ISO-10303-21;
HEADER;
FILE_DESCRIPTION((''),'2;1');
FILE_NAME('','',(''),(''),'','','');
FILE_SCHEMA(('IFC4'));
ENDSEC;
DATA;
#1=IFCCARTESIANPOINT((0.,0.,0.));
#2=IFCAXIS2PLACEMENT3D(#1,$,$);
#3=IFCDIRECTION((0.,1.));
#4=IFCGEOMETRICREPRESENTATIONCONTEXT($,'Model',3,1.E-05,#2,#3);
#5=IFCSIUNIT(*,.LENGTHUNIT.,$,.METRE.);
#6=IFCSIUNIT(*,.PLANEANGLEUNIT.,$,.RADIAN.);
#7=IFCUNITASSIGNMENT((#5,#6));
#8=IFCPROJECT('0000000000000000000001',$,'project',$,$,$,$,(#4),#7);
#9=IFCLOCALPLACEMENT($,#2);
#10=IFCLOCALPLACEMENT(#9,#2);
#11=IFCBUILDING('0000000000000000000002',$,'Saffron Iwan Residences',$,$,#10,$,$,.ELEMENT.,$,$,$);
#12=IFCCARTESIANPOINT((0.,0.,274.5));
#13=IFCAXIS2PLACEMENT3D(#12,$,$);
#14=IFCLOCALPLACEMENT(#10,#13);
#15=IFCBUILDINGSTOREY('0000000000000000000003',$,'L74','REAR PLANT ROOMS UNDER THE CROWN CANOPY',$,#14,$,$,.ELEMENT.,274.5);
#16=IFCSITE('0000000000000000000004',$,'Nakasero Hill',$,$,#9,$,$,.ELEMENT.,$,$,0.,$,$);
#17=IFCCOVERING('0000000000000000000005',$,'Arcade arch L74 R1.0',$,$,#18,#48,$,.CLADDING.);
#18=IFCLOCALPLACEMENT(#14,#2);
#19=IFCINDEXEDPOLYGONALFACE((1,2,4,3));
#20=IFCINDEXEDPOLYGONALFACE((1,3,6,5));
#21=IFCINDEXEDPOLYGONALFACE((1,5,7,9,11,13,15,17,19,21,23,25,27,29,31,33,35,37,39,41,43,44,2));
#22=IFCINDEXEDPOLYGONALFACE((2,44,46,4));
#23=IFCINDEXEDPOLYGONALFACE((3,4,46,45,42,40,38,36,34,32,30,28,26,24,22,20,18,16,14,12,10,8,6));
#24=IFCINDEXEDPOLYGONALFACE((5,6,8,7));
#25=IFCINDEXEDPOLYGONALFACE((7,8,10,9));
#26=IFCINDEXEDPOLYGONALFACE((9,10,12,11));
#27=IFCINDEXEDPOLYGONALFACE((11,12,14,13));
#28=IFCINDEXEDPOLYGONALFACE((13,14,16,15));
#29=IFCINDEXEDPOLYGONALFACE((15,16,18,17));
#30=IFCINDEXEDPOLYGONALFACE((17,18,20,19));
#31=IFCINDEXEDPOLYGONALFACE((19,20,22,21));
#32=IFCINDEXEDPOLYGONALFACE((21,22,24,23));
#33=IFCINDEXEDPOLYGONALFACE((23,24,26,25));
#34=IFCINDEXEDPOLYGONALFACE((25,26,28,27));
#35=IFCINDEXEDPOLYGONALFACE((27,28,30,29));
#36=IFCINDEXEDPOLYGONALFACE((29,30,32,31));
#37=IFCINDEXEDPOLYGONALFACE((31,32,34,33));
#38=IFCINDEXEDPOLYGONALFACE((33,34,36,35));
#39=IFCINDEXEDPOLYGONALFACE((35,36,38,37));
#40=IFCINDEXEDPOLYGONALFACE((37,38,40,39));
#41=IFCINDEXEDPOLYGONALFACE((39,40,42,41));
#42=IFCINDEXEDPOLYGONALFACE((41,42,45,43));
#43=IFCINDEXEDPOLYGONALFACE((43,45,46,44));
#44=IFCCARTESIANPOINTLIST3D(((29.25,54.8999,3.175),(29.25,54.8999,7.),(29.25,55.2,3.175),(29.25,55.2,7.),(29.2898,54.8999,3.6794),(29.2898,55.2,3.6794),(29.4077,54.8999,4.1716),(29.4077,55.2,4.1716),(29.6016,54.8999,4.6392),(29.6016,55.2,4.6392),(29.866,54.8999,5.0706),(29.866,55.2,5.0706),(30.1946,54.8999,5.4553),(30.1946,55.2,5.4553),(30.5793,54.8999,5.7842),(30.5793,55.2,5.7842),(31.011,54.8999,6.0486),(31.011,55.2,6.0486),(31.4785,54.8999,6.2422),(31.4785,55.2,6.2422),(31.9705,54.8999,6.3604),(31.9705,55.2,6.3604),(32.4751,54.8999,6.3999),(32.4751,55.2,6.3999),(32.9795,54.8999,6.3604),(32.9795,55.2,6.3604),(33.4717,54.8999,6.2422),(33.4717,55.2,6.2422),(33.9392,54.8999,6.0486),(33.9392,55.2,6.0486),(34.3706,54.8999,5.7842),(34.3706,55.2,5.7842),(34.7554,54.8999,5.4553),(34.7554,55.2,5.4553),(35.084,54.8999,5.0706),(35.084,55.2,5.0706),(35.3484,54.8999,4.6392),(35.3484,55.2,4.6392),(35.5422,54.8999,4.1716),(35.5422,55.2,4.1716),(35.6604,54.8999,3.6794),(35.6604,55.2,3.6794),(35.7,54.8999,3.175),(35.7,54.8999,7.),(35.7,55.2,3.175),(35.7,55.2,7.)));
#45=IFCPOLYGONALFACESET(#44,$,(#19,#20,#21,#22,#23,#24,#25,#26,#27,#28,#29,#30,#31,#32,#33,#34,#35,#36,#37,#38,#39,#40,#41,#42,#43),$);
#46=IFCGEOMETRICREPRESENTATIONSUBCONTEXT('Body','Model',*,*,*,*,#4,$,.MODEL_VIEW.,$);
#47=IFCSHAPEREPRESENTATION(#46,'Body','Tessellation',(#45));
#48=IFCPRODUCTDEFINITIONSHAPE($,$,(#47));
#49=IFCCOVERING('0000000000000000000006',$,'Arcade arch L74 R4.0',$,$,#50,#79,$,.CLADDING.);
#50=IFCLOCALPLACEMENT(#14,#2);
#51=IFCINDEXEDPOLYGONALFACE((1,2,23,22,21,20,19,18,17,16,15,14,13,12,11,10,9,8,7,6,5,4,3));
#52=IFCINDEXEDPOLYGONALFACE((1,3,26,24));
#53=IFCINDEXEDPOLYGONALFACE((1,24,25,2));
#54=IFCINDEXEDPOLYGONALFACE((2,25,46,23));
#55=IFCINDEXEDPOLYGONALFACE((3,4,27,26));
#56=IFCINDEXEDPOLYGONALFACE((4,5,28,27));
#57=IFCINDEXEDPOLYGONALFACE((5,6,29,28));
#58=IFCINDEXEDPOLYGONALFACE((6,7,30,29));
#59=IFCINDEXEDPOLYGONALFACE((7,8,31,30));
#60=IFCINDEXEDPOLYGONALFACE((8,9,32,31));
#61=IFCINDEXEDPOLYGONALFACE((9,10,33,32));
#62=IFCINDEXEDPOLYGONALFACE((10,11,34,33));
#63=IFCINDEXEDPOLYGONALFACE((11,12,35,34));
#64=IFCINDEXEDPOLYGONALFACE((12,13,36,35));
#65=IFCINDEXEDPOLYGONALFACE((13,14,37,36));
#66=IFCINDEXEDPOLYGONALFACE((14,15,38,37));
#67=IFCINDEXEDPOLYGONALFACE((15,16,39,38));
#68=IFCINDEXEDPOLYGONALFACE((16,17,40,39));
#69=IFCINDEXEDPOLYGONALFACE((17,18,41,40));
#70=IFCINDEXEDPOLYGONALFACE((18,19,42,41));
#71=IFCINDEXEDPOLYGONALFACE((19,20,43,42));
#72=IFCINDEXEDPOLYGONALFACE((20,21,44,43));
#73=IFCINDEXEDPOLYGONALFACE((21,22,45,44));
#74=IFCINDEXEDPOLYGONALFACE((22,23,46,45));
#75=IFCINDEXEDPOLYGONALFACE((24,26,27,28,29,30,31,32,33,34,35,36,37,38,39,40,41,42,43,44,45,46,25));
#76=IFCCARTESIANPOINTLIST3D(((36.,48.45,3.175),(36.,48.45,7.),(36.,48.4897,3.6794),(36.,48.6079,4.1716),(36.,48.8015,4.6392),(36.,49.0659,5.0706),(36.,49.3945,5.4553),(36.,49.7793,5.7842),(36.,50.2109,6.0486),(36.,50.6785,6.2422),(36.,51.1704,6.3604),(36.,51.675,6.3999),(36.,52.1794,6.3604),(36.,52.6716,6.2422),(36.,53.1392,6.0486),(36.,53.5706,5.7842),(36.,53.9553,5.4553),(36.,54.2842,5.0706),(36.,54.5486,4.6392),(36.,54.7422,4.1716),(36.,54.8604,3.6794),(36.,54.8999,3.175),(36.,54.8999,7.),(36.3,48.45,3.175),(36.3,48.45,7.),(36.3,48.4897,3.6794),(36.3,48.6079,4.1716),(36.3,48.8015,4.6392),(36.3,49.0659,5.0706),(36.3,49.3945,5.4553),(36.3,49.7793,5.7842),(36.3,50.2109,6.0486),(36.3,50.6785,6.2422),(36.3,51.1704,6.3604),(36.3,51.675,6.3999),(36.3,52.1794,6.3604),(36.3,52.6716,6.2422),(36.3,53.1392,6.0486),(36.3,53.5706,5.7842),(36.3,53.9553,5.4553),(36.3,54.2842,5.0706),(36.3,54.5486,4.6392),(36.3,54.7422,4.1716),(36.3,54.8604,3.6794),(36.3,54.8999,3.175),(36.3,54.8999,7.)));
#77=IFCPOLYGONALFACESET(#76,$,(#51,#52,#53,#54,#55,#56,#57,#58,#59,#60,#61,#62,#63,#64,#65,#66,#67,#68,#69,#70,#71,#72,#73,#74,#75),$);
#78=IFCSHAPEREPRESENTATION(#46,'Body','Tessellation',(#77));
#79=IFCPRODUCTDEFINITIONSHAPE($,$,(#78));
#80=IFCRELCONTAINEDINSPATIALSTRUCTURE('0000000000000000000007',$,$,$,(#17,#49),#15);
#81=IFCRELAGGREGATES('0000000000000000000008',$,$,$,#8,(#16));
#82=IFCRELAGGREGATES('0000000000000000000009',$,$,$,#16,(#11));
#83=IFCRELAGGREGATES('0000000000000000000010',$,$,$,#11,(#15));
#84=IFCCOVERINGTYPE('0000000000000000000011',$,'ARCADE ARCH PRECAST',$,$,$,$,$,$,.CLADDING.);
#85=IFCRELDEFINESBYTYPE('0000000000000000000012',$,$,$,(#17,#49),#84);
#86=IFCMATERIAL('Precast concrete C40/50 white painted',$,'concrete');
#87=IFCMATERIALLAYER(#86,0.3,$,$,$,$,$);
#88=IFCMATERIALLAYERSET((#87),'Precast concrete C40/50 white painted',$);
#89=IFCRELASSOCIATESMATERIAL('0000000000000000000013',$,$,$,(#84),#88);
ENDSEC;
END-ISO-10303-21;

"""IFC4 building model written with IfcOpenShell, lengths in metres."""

from ifc_helpers import new_model, si_unit, direction, frame, origin, place, context, subcontext, project, spatial, polyline, outline, extrude, material, layer, layer_set, type_object, element, save


model = new_model("IFC4")

# Units and contexts
model_context = context("Model", 3, precision=1e-05, world=origin(), true_north=direction((0.0, 1.0)))
body_context = subcontext(model_context, "Body", "Model", "MODEL_VIEW")
ifc_project = project(units=[si_unit("LENGTHUNIT", "METRE"), si_unit("PLANEANGLEUNIT", "RADIAN")], contexts=[model_context])

# Site, building, storey
site_placement = place(None, origin())
site = spatial("IfcSite", under=ifc_project, at=site_placement, Name="Nakasero Hill", CompositionType="ELEMENT", RefElevation=0.0)
building_placement = place(site_placement, origin())
building = spatial("IfcBuilding", under=site, at=building_placement, Name="Saffron Iwan Residences", CompositionType="ELEMENT")
storey_placement = place(building_placement, frame((0.0, 0.0, 274.5)))
storey = spatial("IfcBuildingStorey", under=building, at=storey_placement, Name="L74", Description="REAR PLANT ROOMS UNDER THE CROWN CANOPY", CompositionType="ELEMENT", Elevation=274.5)

# Coverings
ifc_material_1 = material(Name="Precast concrete C40/50 white painted", Category="concrete")
ifc_layer_1 = layer(ifc_material_1, 0.3)
ifc_layer_set_1 = layer_set([ifc_layer_1], Name="Precast concrete C40/50 white painted")
covering_type = type_object("IfcCoveringType", Name="ARCADE ARCH PRECAST", PredefinedType="CLADDING", material=ifc_layer_set_1)
covering_1_placement = place(storey_placement, frame((29.25, 55.2, 3.175), z_axis=(0.0, 1.0, 0.0), x_axis=(0.0, 0.0, 1.0)))
element("IfcCovering", 1, at=covering_1_placement, inside=storey, type_object=covering_type, Name="Arcade arch L74 R1.0", PredefinedType="CLADDING", context=body_context, shape_type="SweptSolid", body=[
    extrude(outline(polyline([(0.0, 0.0), (3.825, 0.0), (3.825, 6.45), (0.0, 6.45), (0.5044, 6.4104), (0.9966, 6.2922), (1.4641, 6.0984), (1.8955, 5.834), (2.2803, 5.5054), (2.6091, 5.1206), (2.8735, 4.6892), (3.0671, 4.2217), (3.1853, 3.7295), (3.2249, 3.2251), (3.1853, 2.7205), (3.0671, 2.2285), (2.8735, 1.761), (2.6091, 1.3293), (2.2803, 0.9446), (1.8955, 0.616), (1.4641, 0.3516), (0.9966, 0.1577), (0.5044, 0.0398), (0.0, 0.0)])), origin(), (0.0, 0.0, -1.0), 0.3),
])
covering_2_placement = place(storey_placement, frame((36.0, 48.45, 3.175), z_axis=(-1.0, 0.0, 0.0), x_axis=(0.0, 0.0, 1.0)))
element("IfcCovering", 2, at=covering_2_placement, inside=storey, type_object=covering_type, Name="Arcade arch L74 R4.0", PredefinedType="CLADDING", context=body_context, shape_type="SweptSolid", body=[
    extrude(outline(polyline([(0.0, 0.0), (3.825, 0.0), (3.825, 6.45), (0.0, 6.45), (0.5044, 6.4104), (0.9966, 6.2922), (1.4641, 6.0986), (1.8955, 5.8342), (2.2803, 5.5054), (2.6091, 5.1206), (2.8735, 4.6892), (3.0671, 4.2217), (3.1853, 3.7295), (3.2249, 3.2251), (3.1853, 2.7205), (3.0671, 2.2285), (2.8735, 1.761), (2.6091, 1.3293), (2.2803, 0.9446), (1.8955, 0.616), (1.4641, 0.3516), (0.9966, 0.158), (0.5044, 0.0398), (0.0, 0.0)])), origin(), (0.0, 0.0, -1.0), 0.3),
])

save(model, "model.ifc")
